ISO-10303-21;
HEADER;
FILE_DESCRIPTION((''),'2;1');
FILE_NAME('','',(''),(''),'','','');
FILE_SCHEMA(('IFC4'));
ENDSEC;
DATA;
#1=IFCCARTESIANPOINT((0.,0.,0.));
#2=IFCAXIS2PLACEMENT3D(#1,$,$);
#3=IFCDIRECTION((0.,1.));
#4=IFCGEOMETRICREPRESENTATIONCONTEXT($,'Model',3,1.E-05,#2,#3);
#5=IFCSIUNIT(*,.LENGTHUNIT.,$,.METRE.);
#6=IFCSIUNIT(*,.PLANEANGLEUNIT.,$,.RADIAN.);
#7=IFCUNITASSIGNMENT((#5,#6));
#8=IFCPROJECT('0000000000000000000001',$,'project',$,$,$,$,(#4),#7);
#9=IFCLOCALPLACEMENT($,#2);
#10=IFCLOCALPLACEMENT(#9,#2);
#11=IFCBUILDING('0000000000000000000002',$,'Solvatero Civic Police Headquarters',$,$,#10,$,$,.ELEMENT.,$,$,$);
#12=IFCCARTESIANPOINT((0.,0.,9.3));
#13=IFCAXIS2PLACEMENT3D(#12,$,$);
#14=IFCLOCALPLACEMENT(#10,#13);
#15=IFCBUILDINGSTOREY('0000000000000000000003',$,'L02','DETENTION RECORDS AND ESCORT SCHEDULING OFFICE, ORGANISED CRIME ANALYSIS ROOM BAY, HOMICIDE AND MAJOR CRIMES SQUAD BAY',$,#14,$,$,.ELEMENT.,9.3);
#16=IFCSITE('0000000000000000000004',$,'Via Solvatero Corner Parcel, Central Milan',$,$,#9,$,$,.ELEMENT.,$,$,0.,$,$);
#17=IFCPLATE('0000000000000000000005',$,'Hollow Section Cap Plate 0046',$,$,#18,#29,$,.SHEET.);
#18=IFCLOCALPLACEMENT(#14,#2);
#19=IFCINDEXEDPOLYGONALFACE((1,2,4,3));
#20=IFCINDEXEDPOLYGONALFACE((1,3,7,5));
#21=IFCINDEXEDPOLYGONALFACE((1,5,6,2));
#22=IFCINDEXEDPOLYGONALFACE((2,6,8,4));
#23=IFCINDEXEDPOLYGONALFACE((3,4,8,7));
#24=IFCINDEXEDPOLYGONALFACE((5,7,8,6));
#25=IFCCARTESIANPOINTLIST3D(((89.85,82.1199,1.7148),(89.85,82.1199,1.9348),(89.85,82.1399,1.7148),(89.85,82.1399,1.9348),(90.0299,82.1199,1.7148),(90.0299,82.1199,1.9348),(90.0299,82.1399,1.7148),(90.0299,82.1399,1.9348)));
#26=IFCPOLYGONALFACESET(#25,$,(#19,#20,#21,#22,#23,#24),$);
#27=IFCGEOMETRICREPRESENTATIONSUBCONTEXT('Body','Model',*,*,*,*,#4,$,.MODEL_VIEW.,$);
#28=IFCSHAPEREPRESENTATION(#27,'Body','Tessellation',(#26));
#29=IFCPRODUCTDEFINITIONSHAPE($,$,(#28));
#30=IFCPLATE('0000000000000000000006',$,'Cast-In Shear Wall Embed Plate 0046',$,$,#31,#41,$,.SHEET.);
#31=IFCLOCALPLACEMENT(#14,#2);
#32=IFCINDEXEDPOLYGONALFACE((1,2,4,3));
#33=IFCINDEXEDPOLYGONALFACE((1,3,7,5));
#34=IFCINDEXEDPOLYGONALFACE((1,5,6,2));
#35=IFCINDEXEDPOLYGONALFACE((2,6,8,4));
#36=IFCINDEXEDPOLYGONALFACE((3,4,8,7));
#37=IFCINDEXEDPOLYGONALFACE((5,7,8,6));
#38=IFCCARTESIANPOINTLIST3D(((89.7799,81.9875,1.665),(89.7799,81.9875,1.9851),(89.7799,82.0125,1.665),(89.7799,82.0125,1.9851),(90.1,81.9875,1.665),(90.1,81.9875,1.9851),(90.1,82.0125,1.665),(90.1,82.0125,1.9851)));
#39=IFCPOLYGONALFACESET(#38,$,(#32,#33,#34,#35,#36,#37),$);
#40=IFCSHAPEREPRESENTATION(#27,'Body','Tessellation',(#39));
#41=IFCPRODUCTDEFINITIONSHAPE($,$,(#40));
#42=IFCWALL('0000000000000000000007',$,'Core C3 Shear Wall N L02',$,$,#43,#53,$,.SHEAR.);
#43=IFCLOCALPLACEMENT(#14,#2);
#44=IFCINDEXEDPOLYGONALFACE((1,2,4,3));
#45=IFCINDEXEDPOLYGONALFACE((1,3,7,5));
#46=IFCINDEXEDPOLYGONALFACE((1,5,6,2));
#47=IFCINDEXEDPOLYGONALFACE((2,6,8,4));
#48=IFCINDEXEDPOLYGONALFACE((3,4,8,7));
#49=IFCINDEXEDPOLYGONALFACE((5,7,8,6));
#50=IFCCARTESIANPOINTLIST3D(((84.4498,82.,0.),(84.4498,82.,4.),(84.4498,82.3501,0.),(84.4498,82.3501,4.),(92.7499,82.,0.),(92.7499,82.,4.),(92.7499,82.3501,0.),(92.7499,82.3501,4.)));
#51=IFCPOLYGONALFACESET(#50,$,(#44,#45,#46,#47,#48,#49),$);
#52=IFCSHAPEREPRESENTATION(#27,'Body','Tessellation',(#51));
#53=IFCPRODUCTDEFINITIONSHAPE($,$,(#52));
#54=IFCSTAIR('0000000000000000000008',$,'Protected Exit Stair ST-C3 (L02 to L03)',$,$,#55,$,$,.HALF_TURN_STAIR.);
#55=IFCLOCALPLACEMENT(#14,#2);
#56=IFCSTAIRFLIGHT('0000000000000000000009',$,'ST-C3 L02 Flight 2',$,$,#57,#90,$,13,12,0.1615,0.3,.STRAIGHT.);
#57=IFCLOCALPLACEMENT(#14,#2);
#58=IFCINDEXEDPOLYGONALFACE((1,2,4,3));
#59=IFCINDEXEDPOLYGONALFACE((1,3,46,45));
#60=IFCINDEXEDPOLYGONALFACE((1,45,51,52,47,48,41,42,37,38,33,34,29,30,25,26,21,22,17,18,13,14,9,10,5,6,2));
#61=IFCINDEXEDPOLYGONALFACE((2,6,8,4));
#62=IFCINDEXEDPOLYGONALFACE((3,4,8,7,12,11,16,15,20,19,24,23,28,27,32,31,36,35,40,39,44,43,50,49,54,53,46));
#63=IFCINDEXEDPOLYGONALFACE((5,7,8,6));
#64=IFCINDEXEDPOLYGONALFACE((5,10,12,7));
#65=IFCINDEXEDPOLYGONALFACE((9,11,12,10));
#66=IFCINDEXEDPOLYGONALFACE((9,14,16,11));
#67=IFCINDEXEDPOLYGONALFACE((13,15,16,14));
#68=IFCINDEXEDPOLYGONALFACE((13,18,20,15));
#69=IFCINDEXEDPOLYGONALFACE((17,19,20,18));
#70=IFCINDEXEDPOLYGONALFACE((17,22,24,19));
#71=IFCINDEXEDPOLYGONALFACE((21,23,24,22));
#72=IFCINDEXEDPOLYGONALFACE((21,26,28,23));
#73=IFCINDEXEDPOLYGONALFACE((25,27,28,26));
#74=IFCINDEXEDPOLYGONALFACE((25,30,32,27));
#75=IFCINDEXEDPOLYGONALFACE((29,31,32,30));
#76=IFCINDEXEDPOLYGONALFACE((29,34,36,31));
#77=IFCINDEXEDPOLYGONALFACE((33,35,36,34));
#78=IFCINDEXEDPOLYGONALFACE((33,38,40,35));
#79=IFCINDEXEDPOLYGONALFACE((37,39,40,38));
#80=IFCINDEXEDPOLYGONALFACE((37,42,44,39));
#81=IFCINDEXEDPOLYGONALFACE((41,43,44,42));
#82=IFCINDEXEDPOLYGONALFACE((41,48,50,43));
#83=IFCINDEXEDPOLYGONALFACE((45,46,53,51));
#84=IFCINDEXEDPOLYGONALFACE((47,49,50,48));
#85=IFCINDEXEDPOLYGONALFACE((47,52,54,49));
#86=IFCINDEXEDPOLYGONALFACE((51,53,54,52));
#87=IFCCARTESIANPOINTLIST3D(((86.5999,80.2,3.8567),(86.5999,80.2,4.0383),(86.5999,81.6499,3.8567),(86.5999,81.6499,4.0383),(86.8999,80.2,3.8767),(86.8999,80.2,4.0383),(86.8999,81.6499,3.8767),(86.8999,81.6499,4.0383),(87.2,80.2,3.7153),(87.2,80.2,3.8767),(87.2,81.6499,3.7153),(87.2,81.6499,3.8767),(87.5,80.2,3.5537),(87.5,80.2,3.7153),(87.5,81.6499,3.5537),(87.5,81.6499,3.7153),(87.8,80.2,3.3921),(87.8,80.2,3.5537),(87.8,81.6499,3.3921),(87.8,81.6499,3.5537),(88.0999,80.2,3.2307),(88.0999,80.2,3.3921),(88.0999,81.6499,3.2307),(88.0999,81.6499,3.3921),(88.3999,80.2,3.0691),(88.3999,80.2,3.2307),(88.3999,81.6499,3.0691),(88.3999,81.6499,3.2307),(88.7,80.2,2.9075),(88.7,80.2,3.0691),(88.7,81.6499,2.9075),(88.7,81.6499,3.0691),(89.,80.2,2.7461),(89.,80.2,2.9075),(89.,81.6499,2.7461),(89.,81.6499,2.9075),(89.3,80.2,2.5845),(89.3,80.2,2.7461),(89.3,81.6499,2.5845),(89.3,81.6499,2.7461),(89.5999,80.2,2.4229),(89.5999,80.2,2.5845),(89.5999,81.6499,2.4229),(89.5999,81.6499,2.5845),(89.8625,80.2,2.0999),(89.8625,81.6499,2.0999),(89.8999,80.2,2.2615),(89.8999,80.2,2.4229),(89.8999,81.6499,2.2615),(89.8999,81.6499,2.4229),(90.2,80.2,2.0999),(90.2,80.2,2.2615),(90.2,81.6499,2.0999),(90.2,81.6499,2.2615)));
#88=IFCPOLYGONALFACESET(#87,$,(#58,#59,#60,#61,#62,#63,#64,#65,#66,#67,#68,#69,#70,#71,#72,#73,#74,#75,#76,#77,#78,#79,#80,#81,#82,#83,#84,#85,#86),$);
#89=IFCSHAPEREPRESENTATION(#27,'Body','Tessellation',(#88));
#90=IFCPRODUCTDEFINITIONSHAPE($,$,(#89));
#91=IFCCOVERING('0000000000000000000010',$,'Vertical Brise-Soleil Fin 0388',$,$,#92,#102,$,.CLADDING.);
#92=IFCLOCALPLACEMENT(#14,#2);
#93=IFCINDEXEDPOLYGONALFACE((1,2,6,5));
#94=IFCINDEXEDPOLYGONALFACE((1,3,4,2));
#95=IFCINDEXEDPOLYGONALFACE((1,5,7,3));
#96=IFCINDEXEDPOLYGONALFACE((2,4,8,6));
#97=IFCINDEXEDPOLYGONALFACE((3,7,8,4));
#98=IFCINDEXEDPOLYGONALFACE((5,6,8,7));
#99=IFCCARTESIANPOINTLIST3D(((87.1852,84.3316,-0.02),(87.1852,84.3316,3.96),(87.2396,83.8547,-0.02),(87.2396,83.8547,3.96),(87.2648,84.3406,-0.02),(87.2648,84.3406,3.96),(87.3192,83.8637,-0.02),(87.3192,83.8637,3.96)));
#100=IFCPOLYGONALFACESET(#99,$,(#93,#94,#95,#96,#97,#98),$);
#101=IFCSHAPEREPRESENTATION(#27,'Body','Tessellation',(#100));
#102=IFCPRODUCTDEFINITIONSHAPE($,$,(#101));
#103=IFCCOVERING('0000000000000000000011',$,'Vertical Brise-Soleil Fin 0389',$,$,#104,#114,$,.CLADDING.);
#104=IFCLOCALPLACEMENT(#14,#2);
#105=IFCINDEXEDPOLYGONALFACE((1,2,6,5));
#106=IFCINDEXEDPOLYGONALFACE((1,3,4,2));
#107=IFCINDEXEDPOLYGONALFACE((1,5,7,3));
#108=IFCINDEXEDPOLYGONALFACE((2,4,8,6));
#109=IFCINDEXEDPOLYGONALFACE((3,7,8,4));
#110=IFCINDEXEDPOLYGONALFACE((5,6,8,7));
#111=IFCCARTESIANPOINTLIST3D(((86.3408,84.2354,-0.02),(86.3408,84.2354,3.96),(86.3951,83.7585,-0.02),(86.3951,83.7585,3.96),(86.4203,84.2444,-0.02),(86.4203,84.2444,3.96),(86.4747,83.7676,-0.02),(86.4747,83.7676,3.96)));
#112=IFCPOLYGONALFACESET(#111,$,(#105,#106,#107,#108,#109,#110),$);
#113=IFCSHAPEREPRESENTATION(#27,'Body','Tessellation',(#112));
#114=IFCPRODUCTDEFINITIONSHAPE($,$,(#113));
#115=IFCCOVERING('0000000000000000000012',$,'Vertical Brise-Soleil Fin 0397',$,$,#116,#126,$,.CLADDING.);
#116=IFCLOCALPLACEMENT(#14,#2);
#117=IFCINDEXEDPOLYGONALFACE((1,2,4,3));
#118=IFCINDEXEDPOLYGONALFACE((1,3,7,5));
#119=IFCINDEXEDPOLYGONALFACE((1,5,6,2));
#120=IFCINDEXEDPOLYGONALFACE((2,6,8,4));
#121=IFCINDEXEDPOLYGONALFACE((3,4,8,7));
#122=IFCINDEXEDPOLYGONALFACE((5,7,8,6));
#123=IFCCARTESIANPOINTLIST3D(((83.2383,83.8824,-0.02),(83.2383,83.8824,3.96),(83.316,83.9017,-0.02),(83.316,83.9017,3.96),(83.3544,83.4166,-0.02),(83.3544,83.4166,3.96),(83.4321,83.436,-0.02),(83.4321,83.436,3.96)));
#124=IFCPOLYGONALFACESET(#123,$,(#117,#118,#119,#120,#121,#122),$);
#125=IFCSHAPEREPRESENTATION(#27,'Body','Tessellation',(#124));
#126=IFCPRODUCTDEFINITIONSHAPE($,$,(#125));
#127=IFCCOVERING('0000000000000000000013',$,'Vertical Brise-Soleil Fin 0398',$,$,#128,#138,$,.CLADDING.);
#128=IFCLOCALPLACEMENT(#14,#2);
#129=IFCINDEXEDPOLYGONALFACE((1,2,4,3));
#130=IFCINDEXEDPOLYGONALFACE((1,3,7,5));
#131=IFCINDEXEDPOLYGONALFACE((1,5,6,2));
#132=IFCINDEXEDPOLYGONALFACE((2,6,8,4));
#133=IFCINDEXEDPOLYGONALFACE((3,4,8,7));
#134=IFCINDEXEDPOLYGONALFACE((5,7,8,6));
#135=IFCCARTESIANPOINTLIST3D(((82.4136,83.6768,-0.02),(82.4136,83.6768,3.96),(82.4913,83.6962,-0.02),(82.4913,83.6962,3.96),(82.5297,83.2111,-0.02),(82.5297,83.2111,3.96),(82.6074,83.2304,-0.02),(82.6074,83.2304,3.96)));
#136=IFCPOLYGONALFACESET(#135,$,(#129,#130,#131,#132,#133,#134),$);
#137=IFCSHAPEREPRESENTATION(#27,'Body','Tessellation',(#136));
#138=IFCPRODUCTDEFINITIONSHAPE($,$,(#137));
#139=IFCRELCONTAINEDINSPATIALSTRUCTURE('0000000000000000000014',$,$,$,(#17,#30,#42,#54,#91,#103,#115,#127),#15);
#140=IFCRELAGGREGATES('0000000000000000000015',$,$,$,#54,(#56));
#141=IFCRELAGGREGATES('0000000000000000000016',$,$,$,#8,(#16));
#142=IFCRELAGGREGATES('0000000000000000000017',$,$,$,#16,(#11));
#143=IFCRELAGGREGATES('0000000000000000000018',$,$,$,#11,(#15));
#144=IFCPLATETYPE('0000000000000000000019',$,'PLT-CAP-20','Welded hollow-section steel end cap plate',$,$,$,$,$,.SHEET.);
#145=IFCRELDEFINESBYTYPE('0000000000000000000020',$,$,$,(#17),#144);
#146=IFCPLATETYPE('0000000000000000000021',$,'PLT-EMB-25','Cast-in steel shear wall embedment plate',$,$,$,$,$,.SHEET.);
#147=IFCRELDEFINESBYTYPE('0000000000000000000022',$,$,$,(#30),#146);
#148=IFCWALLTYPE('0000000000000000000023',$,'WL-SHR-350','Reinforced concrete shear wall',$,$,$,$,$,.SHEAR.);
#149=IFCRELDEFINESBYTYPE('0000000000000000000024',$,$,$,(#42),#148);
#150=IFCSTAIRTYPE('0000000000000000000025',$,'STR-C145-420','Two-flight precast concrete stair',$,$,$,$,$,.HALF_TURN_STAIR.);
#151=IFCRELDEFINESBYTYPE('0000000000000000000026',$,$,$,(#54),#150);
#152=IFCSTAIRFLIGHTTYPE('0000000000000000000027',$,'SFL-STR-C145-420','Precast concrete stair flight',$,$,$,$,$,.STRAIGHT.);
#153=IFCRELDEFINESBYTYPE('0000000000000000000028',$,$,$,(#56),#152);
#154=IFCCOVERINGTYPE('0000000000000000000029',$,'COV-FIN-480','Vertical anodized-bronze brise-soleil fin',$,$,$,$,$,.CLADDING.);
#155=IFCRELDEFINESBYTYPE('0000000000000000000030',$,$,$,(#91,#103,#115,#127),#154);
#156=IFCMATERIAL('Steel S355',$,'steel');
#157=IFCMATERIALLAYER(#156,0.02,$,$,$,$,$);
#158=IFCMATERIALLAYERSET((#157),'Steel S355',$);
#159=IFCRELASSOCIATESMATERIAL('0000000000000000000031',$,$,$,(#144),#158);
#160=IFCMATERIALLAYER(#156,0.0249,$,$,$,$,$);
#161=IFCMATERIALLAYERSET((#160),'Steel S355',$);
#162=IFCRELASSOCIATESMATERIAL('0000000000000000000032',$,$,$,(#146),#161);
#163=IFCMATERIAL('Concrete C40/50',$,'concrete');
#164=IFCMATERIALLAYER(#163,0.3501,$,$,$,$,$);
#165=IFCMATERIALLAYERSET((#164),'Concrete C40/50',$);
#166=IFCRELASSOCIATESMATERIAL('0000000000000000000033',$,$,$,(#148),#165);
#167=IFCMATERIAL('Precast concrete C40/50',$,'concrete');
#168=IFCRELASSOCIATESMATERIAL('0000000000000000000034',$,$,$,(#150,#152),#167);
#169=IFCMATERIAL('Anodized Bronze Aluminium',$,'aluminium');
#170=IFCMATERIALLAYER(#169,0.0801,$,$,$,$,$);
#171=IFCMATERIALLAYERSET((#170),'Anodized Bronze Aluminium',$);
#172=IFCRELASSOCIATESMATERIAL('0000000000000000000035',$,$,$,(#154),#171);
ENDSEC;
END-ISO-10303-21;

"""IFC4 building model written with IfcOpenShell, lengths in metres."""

from ifc_helpers import new_model, si_unit, direction, frame, frame_2d, origin, origin_2d, place, context, subcontext, project, spatial, polyline, rectangle, outline, extrude, material, layer, layer_set, type_object, element, aggregate, save


model = new_model("IFC4")

# Units and contexts
model_context = context("Model", 3, precision=1e-05, world=origin(), true_north=direction((0.0, 1.0)))
body_context = subcontext(model_context, "Body", "Model", "MODEL_VIEW")
ifc_project = project(units=[si_unit("LENGTHUNIT", "METRE"), si_unit("PLANEANGLEUNIT", "RADIAN")], contexts=[model_context])

# Site, building, storey
site_placement = place(None, origin())
site = spatial("IfcSite", under=ifc_project, at=site_placement, Name="Via Solvatero Corner Parcel, Central Milan", CompositionType="ELEMENT", RefElevation=0.0)
building_placement = place(site_placement, origin())
building = spatial("IfcBuilding", under=site, at=building_placement, Name="Solvatero Civic Police Headquarters", CompositionType="ELEMENT")
storey_placement = place(building_placement, frame((0.0, 0.0, 9.3)))
storey = spatial("IfcBuildingStorey", under=building, at=storey_placement, Name="L02", Description="DETENTION RECORDS AND ESCORT SCHEDULING OFFICE, ORGANISED CRIME ANALYSIS ROOM BAY, HOMICIDE AND MAJOR CRIMES SQUAD BAY", CompositionType="ELEMENT", Elevation=9.3)

# Shared definitions
ifc_material_1 = material(Name="Steel S355", Category="steel")

# Shared definitions
ifc_material_2 = material(Name="Anodized Bronze Aluminium", Category="aluminium")

# Plates
ifc_layer_1 = layer(ifc_material_1, 0.02)
ifc_layer_set_1 = layer_set([ifc_layer_1], Name="Steel S355")
plate_type_1 = type_object("IfcPlateType", Name="PLT-CAP-20", Description="Welded hollow-section steel end cap plate", PredefinedType="SHEET", material=ifc_layer_set_1)
plate_1_placement = place(storey_placement, frame((89.9399, 82.1299, 1.7148), z_axis=(0.0, 0.0, 1.0), x_axis=(1.0, 0.0, 0.0)))
element("IfcPlate", 1, at=plate_1_placement, inside=storey, type_object=plate_type_1, Name="Hollow Section Cap Plate 0046", PredefinedType="SHEET", context=body_context, shape_type="SweptSolid", body=[
    extrude(rectangle(XDim=0.1799, YDim=0.02, at=origin_2d()), origin(), (0.0, 0.0, 1.0), 0.22),
])
ifc_layer_2 = layer(ifc_material_1, 0.0249)
ifc_layer_set_2 = layer_set([ifc_layer_2], Name="Steel S355")
plate_type_2 = type_object("IfcPlateType", Name="PLT-EMB-25", Description="Cast-in steel shear wall embedment plate", PredefinedType="SHEET", material=ifc_layer_set_2)
plate_2_placement = place(storey_placement, frame((89.9399, 82.0, 1.665), z_axis=(0.0, 0.0, 1.0), x_axis=(1.0, 0.0, 0.0)))
element("IfcPlate", 2, at=plate_2_placement, inside=storey, type_object=plate_type_2, Name="Cast-In Shear Wall Embed Plate 0046", PredefinedType="SHEET", context=body_context, shape_type="SweptSolid", body=[
    extrude(rectangle(XDim=0.3201, YDim=0.0249, at=origin_2d()), origin(), (0.0, 0.0, 1.0), 0.3201),
])

# Wall
ifc_material_3 = material(Name="Concrete C40/50", Category="concrete")
ifc_layer_3 = layer(ifc_material_3, 0.3501)
ifc_layer_set_3 = layer_set([ifc_layer_3], Name="Concrete C40/50")
wall_type_1 = type_object("IfcWallType", Name="WL-SHR-350", Description="Reinforced concrete shear wall", PredefinedType="SHEAR", material=ifc_layer_set_3)
wall_1_placement = place(storey_placement, frame((84.45, 82.175, 0.0), z_axis=(0.0, 0.0, 1.0), x_axis=(1.0, 0.0, 0.0)))
element("IfcWall", 3, at=wall_1_placement, inside=storey, type_object=wall_type_1, Name="Core C3 Shear Wall N L02", PredefinedType="SHEAR", context=body_context, shape_type="SweptSolid", body=[
    extrude(rectangle(XDim=8.3, YDim=0.3501, at=frame_2d((4.1499, 0.0))), origin(), (0.0, 0.0, 1.0), 4.0),
])

# Stair, stair flight
ifc_material_4 = material(Name="Precast concrete C40/50", Category="concrete")
stair_type = type_object("IfcStairType", Name="STR-C145-420", Description="Two-flight precast concrete stair", PredefinedType="HALF_TURN_STAIR", material=ifc_material_4)
stair_placement = place(storey_placement, origin())
stair = element("IfcStair", 4, at=stair_placement, inside=storey, type_object=stair_type, Name="Protected Exit Stair ST-C3 (L02 to L03)", PredefinedType="HALF_TURN_STAIR")
stair_flight_type = type_object("IfcStairFlightType", Name="SFL-STR-C145-420", Description="Precast concrete stair flight", PredefinedType="STRAIGHT", material=ifc_material_4)
stair_flight_placement = place(storey_placement, frame((90.2, 80.925, 2.0999), z_axis=(0.0, 0.0, 1.0), x_axis=(-1.0, 0.0, 0.0)))
stair_flight = element("IfcStairFlight", 5, at=stair_flight_placement, type_object=stair_flight_type, Name="ST-C3 L02 Flight 2", NumberOfRisers=13, NumberOfTreads=12, PredefinedType="STRAIGHT", RiserHeight=0.1615, TreadLength=0.3, context=body_context, shape_type="SweptSolid", body=[
    extrude(outline(polyline([(0.0, 0.0), (0.0, 0.1616), (0.3, 0.1616), (0.3, 0.323), (0.6001, 0.323), (0.6001, 0.4846), (0.8999, 0.4846), (0.8999, 0.6462), (1.2, 0.6462), (1.2, 0.8076), (1.5, 0.8076), (1.5, 0.9692), (1.8, 0.9692), (1.8, 1.1309), (2.1001, 1.1309), (2.1001, 1.2922), (2.3999, 1.2922), (2.3999, 1.4539), (2.7, 1.4539), (2.7, 1.6155), (3.0, 1.6155), (3.0, 1.7769), (3.3, 1.7769), (3.3, 1.9385), (3.6001, 1.9385), (3.6001, 2.1001), (3.6001, 1.7568), (0.3374, 0.0), (0.0, 0.0)])), frame((0.0, 0.7251, 0.0), z_axis=(0.0, -1.0, 0.0), x_axis=(1.0, 0.0, 0.0)), (0.0, 0.0, 1.0), 1.45),
])
aggregate(stair, [stair_flight])

# Coverings
ifc_layer_4 = layer(ifc_material_2, 0.0801)
ifc_layer_set_4 = layer_set([ifc_layer_4], Name="Anodized Bronze Aluminium")
covering_type = type_object("IfcCoveringType", Name="COV-FIN-480", Description="Vertical anodized-bronze brise-soleil fin", PredefinedType="CLADDING", material=ifc_layer_set_4)
for number, where, z_axis, x_axis, name in (
    (6, (87.2522, 84.0977, -0.02), (0.0, 0.0, 1.0), (-0.993566, -0.113255, 0.0), "Vertical Brise-Soleil Fin 0388"),
    (7, (86.4077, 84.0015, -0.02), (0.0, 0.0, 1.0), (-0.993566, -0.113255, 0.0), "Vertical Brise-Soleil Fin 0389"),
    (8, (83.3352, 83.6592, -0.02), (0.0, 0.0, 1.0), (-0.970296, -0.241922, 0.0), "Vertical Brise-Soleil Fin 0397"),
    (9, (82.5105, 83.4536, -0.02), (0.0, 0.0, 1.0), (-0.970296, -0.241922, 0.0), "Vertical Brise-Soleil Fin 0398"),
):
    element("IfcCovering", number, at=place(storey_placement, frame(where, z_axis=z_axis, x_axis=x_axis)), inside=storey, type_object=covering_type, Name=name, PredefinedType="CLADDING", context=body_context, shape_type="SweptSolid", body=[
        extrude(rectangle(XDim=0.0801, YDim=0.48, at=origin_2d()), origin(), (0.0, 0.0, 1.0), 3.98),
    ])

save(model, "model.ifc")
